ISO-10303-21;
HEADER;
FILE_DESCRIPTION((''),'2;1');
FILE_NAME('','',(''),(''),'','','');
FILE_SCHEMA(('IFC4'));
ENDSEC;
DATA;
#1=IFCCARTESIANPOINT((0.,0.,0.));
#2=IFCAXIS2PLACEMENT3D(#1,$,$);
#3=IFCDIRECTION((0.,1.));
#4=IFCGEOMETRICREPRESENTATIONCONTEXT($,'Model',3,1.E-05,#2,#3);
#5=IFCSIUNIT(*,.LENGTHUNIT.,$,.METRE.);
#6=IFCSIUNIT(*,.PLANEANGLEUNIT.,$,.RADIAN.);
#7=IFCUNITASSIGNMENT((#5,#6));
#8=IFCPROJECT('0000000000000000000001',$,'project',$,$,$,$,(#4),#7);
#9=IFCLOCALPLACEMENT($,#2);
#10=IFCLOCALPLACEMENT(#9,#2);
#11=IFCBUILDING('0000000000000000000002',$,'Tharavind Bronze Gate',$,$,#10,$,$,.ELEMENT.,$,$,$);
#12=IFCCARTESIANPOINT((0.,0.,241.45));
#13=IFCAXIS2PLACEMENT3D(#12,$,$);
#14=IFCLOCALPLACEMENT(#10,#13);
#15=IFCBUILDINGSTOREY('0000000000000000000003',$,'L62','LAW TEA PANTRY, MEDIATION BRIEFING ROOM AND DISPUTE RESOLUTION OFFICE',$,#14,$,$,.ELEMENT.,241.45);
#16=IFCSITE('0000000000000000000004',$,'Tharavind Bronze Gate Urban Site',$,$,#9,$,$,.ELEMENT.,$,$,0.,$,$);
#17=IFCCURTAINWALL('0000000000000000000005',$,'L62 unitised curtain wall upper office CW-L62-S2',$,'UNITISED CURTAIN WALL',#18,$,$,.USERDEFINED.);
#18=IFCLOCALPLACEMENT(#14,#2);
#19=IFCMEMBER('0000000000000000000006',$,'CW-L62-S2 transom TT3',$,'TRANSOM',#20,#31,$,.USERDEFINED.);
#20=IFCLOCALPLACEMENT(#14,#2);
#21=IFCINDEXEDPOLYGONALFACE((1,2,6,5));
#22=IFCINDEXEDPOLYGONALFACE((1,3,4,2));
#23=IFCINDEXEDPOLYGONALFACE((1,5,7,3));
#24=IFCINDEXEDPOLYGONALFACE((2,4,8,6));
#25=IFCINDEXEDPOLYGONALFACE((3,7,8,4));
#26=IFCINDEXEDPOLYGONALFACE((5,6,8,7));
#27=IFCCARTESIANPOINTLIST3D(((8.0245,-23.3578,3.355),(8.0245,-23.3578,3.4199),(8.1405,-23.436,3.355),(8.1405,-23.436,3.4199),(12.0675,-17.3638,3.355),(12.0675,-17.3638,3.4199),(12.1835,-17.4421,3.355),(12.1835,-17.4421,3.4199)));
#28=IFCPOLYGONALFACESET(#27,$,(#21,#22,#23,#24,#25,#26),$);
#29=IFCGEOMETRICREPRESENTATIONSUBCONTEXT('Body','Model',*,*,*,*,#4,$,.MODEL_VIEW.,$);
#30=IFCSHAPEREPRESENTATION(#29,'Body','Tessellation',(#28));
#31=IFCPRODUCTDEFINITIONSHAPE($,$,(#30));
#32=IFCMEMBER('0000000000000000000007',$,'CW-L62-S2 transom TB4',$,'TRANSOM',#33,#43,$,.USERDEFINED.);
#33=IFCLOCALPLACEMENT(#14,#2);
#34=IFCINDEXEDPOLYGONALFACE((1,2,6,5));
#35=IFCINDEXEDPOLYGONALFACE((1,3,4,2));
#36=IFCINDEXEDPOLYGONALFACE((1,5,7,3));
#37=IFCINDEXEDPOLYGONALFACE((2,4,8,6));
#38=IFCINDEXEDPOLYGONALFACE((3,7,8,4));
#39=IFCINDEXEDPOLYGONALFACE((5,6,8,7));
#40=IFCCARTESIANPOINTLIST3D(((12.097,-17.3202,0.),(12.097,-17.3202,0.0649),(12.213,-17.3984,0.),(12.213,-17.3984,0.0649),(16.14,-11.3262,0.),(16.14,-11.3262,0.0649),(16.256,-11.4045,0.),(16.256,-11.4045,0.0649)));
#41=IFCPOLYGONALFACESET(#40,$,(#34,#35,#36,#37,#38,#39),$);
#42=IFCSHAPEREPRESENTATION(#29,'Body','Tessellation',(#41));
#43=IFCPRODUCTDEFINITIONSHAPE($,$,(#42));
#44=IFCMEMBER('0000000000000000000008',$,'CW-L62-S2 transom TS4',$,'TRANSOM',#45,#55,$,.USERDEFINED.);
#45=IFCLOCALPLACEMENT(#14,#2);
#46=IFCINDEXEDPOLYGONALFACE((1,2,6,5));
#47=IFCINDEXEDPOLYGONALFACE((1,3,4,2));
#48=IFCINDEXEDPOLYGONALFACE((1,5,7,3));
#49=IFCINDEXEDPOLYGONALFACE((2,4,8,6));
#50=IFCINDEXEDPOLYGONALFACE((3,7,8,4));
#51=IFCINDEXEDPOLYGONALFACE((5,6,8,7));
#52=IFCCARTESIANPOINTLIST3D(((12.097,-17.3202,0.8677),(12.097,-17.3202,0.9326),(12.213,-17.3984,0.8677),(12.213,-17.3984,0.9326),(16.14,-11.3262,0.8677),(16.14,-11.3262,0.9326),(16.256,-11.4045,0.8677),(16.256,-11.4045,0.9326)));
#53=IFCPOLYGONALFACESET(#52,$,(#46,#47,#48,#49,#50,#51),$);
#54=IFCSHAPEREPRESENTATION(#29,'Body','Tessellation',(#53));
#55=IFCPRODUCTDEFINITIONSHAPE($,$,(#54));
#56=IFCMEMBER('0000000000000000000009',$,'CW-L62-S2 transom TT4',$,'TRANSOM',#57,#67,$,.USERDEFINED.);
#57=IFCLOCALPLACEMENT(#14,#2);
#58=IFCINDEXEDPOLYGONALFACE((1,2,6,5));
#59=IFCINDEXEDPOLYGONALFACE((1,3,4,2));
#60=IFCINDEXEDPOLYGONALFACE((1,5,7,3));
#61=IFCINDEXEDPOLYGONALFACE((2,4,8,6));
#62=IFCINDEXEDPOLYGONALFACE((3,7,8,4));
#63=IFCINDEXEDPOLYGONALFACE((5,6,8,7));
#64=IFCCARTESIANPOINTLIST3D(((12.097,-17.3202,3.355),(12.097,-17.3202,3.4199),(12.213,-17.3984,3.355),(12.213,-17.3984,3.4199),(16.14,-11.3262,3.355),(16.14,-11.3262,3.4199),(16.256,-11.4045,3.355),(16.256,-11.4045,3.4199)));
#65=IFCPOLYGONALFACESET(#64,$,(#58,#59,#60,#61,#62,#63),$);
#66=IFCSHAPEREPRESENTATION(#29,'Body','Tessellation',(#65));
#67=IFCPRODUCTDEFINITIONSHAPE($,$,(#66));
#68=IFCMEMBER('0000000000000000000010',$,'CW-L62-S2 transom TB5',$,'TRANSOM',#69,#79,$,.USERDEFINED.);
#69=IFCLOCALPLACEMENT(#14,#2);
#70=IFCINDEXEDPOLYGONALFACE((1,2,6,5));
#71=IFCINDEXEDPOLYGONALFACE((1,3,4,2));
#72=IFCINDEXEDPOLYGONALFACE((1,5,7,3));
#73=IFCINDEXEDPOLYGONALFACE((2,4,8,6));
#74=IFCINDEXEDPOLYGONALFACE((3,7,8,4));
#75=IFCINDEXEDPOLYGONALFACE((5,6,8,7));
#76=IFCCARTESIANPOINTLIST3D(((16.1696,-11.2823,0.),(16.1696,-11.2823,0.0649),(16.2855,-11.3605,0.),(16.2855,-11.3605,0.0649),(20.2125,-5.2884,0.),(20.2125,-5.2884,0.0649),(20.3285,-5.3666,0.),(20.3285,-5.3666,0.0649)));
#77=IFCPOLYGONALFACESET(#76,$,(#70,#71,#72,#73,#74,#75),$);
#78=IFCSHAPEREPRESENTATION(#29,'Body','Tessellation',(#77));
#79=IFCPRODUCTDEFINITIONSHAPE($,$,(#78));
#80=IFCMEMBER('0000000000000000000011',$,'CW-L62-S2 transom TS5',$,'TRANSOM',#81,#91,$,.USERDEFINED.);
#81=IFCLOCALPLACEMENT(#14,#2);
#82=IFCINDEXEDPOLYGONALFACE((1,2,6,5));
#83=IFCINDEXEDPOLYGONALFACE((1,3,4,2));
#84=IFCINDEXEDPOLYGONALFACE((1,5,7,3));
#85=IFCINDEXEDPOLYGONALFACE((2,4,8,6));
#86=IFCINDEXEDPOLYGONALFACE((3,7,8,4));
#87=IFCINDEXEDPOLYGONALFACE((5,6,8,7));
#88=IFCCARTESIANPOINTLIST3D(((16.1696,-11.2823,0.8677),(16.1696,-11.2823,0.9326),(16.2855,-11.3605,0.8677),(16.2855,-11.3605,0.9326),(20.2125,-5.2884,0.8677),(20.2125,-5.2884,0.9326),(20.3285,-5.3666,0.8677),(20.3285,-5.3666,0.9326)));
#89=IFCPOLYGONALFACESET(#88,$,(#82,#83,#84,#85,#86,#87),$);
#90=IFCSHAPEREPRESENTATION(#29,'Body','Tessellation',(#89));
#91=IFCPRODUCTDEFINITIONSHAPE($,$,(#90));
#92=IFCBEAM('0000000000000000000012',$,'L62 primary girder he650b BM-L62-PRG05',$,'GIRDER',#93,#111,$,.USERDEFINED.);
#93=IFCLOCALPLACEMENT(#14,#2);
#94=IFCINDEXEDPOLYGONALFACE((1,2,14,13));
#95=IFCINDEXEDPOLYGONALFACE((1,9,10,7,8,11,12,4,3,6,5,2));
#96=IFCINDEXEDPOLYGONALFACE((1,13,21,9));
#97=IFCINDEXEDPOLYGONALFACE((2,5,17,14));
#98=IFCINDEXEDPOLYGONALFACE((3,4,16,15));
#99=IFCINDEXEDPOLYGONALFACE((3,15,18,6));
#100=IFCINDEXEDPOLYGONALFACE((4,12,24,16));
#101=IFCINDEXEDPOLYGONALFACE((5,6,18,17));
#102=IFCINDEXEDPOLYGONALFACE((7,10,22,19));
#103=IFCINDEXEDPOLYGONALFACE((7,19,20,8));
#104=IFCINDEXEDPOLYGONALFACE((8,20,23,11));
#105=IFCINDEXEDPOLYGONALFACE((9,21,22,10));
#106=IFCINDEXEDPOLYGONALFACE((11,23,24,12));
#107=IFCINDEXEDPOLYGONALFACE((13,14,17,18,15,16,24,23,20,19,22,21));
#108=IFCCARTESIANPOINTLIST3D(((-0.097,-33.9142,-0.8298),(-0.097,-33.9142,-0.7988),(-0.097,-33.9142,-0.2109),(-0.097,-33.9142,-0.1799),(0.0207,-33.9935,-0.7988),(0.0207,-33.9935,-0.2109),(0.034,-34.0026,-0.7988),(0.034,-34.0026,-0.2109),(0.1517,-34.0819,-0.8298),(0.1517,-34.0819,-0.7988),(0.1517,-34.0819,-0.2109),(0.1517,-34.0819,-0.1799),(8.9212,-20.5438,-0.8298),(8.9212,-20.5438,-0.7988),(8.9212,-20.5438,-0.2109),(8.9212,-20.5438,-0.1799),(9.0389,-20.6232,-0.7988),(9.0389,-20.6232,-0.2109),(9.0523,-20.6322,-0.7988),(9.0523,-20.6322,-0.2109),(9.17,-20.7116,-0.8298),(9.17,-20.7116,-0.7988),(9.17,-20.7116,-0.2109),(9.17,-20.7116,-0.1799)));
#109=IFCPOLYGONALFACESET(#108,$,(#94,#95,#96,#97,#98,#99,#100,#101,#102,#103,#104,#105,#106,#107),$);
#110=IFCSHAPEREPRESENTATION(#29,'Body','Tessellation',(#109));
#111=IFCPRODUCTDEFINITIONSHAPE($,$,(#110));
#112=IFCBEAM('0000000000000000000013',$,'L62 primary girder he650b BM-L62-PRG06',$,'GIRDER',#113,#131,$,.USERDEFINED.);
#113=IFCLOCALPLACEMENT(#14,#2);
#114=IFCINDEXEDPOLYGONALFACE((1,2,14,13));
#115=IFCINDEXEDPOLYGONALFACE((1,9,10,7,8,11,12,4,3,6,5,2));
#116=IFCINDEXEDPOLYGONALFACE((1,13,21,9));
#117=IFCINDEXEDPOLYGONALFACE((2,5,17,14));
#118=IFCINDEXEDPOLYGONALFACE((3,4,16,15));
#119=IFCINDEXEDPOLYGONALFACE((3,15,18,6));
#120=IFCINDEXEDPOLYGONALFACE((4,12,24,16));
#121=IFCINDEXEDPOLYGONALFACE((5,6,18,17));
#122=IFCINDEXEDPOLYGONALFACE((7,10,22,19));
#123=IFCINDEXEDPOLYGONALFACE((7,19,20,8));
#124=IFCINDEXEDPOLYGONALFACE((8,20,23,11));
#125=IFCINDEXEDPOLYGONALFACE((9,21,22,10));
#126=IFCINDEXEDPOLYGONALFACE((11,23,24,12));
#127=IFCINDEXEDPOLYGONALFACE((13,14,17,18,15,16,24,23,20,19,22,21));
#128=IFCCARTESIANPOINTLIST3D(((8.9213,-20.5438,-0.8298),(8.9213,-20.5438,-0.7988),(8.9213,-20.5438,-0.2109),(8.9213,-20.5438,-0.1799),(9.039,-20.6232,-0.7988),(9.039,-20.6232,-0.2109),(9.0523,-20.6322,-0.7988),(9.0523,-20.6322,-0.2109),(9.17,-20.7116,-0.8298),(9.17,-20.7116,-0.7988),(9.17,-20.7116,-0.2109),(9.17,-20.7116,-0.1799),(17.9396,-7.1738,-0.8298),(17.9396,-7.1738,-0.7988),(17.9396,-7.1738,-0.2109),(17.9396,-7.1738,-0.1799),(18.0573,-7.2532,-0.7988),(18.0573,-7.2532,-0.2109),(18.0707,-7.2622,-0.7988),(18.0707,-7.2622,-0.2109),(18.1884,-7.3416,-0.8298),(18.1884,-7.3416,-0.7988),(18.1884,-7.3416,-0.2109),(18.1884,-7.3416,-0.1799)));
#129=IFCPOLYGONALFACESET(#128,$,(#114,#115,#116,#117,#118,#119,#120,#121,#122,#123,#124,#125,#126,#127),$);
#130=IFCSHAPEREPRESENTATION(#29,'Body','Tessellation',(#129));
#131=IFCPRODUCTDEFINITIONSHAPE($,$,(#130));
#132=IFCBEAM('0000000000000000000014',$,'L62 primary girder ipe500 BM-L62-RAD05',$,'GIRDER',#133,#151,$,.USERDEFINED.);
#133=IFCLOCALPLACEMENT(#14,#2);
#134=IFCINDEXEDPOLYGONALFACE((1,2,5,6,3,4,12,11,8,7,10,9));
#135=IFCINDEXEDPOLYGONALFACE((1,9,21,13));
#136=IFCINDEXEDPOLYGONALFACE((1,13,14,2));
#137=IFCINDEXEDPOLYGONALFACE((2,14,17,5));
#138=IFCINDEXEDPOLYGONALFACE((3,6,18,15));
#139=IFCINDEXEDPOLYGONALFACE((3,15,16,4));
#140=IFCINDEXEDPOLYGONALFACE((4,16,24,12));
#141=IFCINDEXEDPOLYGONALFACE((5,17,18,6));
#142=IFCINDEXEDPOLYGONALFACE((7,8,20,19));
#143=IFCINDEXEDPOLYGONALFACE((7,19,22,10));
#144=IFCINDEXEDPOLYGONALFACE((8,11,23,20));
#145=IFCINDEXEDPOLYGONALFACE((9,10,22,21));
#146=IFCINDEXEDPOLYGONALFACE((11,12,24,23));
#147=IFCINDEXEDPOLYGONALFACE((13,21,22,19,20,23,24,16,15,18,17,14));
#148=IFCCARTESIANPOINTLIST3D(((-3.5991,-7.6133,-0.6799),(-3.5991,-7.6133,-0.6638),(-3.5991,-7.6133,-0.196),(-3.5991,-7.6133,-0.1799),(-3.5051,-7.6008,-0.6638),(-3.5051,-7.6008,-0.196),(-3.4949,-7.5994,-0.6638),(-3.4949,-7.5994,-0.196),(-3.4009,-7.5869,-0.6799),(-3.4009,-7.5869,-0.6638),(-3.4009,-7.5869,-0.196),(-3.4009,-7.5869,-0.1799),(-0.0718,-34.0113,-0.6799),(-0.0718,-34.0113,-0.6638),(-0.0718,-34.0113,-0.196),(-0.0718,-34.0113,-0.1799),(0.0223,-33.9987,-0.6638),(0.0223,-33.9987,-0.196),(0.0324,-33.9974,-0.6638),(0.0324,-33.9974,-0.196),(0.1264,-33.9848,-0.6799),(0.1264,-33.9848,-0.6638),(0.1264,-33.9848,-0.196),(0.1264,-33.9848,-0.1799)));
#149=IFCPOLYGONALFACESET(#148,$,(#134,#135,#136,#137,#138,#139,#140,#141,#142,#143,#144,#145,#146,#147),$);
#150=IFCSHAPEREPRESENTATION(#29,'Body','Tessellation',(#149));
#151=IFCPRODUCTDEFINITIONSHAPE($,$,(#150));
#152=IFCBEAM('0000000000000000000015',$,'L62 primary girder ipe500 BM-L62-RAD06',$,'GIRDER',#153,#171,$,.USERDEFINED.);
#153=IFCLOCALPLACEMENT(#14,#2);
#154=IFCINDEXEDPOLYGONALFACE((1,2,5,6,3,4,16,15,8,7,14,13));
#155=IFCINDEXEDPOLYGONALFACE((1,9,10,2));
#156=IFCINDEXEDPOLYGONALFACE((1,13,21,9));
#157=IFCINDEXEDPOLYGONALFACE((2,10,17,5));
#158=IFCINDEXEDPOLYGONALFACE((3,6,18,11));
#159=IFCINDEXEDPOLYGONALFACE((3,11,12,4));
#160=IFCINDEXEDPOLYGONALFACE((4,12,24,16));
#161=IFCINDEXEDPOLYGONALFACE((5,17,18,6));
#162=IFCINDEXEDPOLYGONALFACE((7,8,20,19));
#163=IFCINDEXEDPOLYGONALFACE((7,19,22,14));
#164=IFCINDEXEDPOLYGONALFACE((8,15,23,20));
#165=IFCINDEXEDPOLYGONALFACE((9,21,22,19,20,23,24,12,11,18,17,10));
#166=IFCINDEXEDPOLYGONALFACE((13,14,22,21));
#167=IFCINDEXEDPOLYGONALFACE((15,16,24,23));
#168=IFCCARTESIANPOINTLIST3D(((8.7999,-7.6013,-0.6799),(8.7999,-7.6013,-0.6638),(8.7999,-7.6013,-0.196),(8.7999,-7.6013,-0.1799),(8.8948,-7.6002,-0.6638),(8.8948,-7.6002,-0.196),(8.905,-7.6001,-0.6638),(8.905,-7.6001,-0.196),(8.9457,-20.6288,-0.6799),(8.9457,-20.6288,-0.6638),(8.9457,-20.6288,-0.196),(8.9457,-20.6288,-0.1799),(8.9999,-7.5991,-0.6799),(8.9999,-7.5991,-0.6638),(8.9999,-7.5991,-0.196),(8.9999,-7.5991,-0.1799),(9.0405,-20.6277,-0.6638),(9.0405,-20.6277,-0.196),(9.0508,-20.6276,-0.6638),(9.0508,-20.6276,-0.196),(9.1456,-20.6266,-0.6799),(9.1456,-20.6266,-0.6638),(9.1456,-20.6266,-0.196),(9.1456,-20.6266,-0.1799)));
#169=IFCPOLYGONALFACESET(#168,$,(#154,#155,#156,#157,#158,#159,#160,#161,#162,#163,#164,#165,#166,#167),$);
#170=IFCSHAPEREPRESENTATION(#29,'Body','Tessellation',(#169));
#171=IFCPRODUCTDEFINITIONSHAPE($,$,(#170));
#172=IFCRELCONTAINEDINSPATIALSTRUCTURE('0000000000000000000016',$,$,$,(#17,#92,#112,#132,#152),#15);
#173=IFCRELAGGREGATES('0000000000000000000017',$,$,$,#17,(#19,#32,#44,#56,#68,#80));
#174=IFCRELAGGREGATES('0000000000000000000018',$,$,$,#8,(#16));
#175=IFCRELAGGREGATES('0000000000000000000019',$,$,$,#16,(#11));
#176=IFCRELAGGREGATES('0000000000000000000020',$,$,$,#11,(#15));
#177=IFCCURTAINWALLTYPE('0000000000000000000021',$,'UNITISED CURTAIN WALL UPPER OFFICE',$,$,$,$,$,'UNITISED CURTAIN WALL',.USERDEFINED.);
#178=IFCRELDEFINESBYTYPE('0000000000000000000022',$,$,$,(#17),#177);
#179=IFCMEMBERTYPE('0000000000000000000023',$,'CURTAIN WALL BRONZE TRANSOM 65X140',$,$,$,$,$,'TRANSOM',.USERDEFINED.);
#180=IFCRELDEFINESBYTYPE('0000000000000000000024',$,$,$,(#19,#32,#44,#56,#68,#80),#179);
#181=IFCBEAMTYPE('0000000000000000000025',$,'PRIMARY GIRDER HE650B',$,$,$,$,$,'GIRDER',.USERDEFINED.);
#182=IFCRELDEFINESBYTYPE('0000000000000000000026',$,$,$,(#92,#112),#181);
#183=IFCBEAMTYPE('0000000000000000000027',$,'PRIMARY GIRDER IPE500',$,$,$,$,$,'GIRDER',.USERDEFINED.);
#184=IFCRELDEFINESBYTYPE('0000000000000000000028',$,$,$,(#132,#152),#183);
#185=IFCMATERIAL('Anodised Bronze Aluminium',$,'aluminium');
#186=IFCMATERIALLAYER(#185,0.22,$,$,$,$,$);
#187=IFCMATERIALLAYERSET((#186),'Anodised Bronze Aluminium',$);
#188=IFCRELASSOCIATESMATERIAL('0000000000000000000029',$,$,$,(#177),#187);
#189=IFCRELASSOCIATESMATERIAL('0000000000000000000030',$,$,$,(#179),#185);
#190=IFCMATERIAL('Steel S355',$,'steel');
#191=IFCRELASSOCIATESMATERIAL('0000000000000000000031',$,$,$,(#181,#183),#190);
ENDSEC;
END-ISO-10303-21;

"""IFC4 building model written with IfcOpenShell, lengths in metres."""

from ifc_helpers import new_model, si_unit, direction, frame, origin, origin_2d, place, context, subcontext, project, spatial, rectangle, i_section, extrude, material, layer, layer_set, material_profile, profile_set, type_object, element, aggregate, save


model = new_model("IFC4")

# Units and contexts
model_context = context("Model", 3, precision=1e-05, world=origin(), true_north=direction((0.0, 1.0)))
body_context = subcontext(model_context, "Body", "Model", "MODEL_VIEW")
ifc_project = project(units=[si_unit("LENGTHUNIT", "METRE"), si_unit("PLANEANGLEUNIT", "RADIAN")], contexts=[model_context])

# Site, building, storey
site_placement = place(None, origin())
site = spatial("IfcSite", under=ifc_project, at=site_placement, Name="Tharavind Bronze Gate Urban Site", CompositionType="ELEMENT", RefElevation=0.0)
building_placement = place(site_placement, origin())
building = spatial("IfcBuilding", under=site, at=building_placement, Name="Tharavind Bronze Gate", CompositionType="ELEMENT")
storey_placement = place(building_placement, frame((0.0, 0.0, 241.45)))
storey = spatial("IfcBuildingStorey", under=building, at=storey_placement, Name="L62", Description="LAW TEA PANTRY, MEDIATION BRIEFING ROOM AND DISPUTE RESOLUTION OFFICE", CompositionType="ELEMENT", Elevation=241.45)

# Curtain wall, members
ifc_material_1 = material(Name="Anodised Bronze Aluminium", Category="aluminium")
ifc_layer_1 = layer(ifc_material_1, 0.22)
ifc_layer_set_1 = layer_set([ifc_layer_1], Name="Anodised Bronze Aluminium")
curtain_wall_type = type_object("IfcCurtainWallType", Name="UNITISED CURTAIN WALL UPPER OFFICE", ElementType="UNITISED CURTAIN WALL", PredefinedType="USERDEFINED", material=ifc_layer_set_1)
curtain_wall_placement = place(storey_placement, origin())
curtain_wall = element("IfcCurtainWall", 1, at=curtain_wall_placement, inside=storey, type_object=curtain_wall_type, Name="L62 unitised curtain wall upper office CW-L62-S2", ObjectType="UNITISED CURTAIN WALL", PredefinedType="USERDEFINED")
member_type_1 = type_object("IfcMemberType", Name="CURTAIN WALL BRONZE TRANSOM 65X140", ElementType="TRANSOM", PredefinedType="USERDEFINED", material=ifc_material_1)
member_1_placement = place(storey_placement, frame((10.104, -20.3999, 3.355), z_axis=(0.0, 0.0, 1.0), x_axis=(0.559193, 0.829038, 0.0)))
member_1 = element("IfcMember", 2, at=member_1_placement, type_object=member_type_1, Name="CW-L62-S2 transom TT3", ObjectType="TRANSOM", PredefinedType="USERDEFINED", context=body_context, shape_type="SweptSolid", body=[
    extrude(rectangle(XDim=7.23, YDim=0.1399, at=origin_2d()), origin(), (0.0, 0.0, 1.0), 0.0649),
])
member_2_placement = place(storey_placement, frame((14.1765, -14.3623, 0.0), z_axis=(0.0, 0.0, 1.0), x_axis=(0.559193, 0.829038, 0.0)))
member_2 = element("IfcMember", 3, at=member_2_placement, type_object=member_type_1, Name="CW-L62-S2 transom TB4", ObjectType="TRANSOM", PredefinedType="USERDEFINED", context=body_context, shape_type="SweptSolid", body=[
    extrude(rectangle(XDim=7.23, YDim=0.1399, at=origin_2d()), origin(), (0.0, 0.0, 1.0), 0.0649),
])
member_3_placement = place(storey_placement, frame((14.1765, -14.3623, 0.8677), z_axis=(0.0, 0.0, 1.0), x_axis=(0.559193, 0.829038, 0.0)))
member_3 = element("IfcMember", 4, at=member_3_placement, type_object=member_type_1, Name="CW-L62-S2 transom TS4", ObjectType="TRANSOM", PredefinedType="USERDEFINED", context=body_context, shape_type="SweptSolid", body=[
    extrude(rectangle(XDim=7.23, YDim=0.1399, at=origin_2d()), origin(), (0.0, 0.0, 1.0), 0.0649),
])
member_4_placement = place(storey_placement, frame((14.1765, -14.3623, 3.355), z_axis=(0.0, 0.0, 1.0), x_axis=(0.559193, 0.829038, 0.0)))
member_4 = element("IfcMember", 5, at=member_4_placement, type_object=member_type_1, Name="CW-L62-S2 transom TT4", ObjectType="TRANSOM", PredefinedType="USERDEFINED", context=body_context, shape_type="SweptSolid", body=[
    extrude(rectangle(XDim=7.23, YDim=0.1399, at=origin_2d()), origin(), (0.0, 0.0, 1.0), 0.0649),
])
member_5_placement = place(storey_placement, frame((18.249, -8.3245, 0.0), z_axis=(0.0, 0.0, 1.0), x_axis=(0.559193, 0.829038, 0.0)))
member_5 = element("IfcMember", 6, at=member_5_placement, type_object=member_type_1, Name="CW-L62-S2 transom TB5", ObjectType="TRANSOM", PredefinedType="USERDEFINED", context=body_context, shape_type="SweptSolid", body=[
    extrude(rectangle(XDim=7.23, YDim=0.1399, at=origin_2d()), origin(), (0.0, 0.0, 1.0), 0.0649),
])
member_6_placement = place(storey_placement, frame((18.249, -8.3245, 0.8677), z_axis=(0.0, 0.0, 1.0), x_axis=(0.559193, 0.829038, 0.0)))
member_6 = element("IfcMember", 7, at=member_6_placement, type_object=member_type_1, Name="CW-L62-S2 transom TS5", ObjectType="TRANSOM", PredefinedType="USERDEFINED", context=body_context, shape_type="SweptSolid", body=[
    extrude(rectangle(XDim=7.23, YDim=0.1399, at=origin_2d()), origin(), (0.0, 0.0, 1.0), 0.0649),
])

# Beams
ifc_material_2 = material(Name="Steel S355", Category="steel")
ifc_material_profile_1 = material_profile(ifc_material_2, i_section(OverallWidth=0.3, OverallDepth=0.6499, WebThickness=0.0161, FlangeThickness=0.031, at=origin_2d()), Name="HE650B")
ifc_profile_set_1 = profile_set([ifc_material_profile_1], Name="Steel S355")
beam_type_1 = type_object("IfcBeamType", Name="PRIMARY GIRDER HE650B", ElementType="GIRDER", PredefinedType="USERDEFINED", material=ifc_profile_set_1)
beam_1_placement = place(storey_placement, frame((0.0273, -33.998, -0.5049), z_axis=(0.559188, 0.829041, 0.0), x_axis=(-0.829041, 0.559188, 0.0)))
element("IfcBeam", 8, at=beam_1_placement, inside=storey, type_object=beam_type_1, Name="L62 primary girder he650b BM-L62-PRG05", ObjectType="GIRDER", PredefinedType="USERDEFINED", context=body_context, shape_type="SweptSolid", body=[
    extrude(i_section(OverallWidth=0.3, OverallDepth=0.6499, WebThickness=0.0161, FlangeThickness=0.031, at=origin_2d()), origin(), (0.0, 0.0, 1.0), 16.1274),
])
beam_2_placement = place(storey_placement, frame((9.0457, -20.6277, -0.5049), z_axis=(0.559202, 0.829031, 0.0), x_axis=(-0.829031, 0.559202, 0.0)))
element("IfcBeam", 9, at=beam_2_placement, inside=storey, type_object=beam_type_1, Name="L62 primary girder he650b BM-L62-PRG06", ObjectType="GIRDER", PredefinedType="USERDEFINED", context=body_context, shape_type="SweptSolid", body=[
    extrude(i_section(OverallWidth=0.3, OverallDepth=0.6499, WebThickness=0.0161, FlangeThickness=0.031, at=origin_2d()), origin(), (0.0, 0.0, 1.0), 16.1272),
])
ifc_material_profile_2 = material_profile(ifc_material_2, i_section(OverallWidth=0.2, OverallDepth=0.5, WebThickness=0.0103, FlangeThickness=0.0161, at=origin_2d()), Name="IPE500")
ifc_profile_set_2 = profile_set([ifc_material_profile_2], Name="Steel S355")
beam_type_2 = type_object("IfcBeamType", Name="PRIMARY GIRDER IPE500", ElementType="GIRDER", PredefinedType="USERDEFINED", material=ifc_profile_set_2)
beam_3_placement = place(storey_placement, frame((0.0273, -33.998, -0.4299), z_axis=(-0.132445, 0.99119, 0.0), x_axis=(-0.99119, -0.132445, 0.0)))
element("IfcBeam", 10, at=beam_3_placement, inside=storey, type_object=beam_type_2, Name="L62 primary girder ipe500 BM-L62-RAD05", ObjectType="GIRDER", PredefinedType="USERDEFINED", context=body_context, shape_type="SweptSolid", body=[
    extrude(i_section(OverallWidth=0.2, OverallDepth=0.5, WebThickness=0.0103, FlangeThickness=0.0161, at=origin_2d()), origin(), (0.0, 0.0, 1.0), 26.6326),
])
beam_4_placement = place(storey_placement, frame((9.0457, -20.6277, -0.4299), z_axis=(-0.011187, 0.999937, 0.0), x_axis=(-0.999937, -0.011187, 0.0)))
element("IfcBeam", 11, at=beam_4_placement, inside=storey, type_object=beam_type_2, Name="L62 primary girder ipe500 BM-L62-RAD06", ObjectType="GIRDER", PredefinedType="USERDEFINED", context=body_context, shape_type="SweptSolid", body=[
    extrude(i_section(OverallWidth=0.2, OverallDepth=0.5, WebThickness=0.0103, FlangeThickness=0.0161, at=origin_2d()), origin(), (0.0, 0.0, 1.0), 13.0283),
])

aggregate(curtain_wall, [member_1, member_2, member_3, member_4, member_5, member_6])

save(model, "model.ifc")
